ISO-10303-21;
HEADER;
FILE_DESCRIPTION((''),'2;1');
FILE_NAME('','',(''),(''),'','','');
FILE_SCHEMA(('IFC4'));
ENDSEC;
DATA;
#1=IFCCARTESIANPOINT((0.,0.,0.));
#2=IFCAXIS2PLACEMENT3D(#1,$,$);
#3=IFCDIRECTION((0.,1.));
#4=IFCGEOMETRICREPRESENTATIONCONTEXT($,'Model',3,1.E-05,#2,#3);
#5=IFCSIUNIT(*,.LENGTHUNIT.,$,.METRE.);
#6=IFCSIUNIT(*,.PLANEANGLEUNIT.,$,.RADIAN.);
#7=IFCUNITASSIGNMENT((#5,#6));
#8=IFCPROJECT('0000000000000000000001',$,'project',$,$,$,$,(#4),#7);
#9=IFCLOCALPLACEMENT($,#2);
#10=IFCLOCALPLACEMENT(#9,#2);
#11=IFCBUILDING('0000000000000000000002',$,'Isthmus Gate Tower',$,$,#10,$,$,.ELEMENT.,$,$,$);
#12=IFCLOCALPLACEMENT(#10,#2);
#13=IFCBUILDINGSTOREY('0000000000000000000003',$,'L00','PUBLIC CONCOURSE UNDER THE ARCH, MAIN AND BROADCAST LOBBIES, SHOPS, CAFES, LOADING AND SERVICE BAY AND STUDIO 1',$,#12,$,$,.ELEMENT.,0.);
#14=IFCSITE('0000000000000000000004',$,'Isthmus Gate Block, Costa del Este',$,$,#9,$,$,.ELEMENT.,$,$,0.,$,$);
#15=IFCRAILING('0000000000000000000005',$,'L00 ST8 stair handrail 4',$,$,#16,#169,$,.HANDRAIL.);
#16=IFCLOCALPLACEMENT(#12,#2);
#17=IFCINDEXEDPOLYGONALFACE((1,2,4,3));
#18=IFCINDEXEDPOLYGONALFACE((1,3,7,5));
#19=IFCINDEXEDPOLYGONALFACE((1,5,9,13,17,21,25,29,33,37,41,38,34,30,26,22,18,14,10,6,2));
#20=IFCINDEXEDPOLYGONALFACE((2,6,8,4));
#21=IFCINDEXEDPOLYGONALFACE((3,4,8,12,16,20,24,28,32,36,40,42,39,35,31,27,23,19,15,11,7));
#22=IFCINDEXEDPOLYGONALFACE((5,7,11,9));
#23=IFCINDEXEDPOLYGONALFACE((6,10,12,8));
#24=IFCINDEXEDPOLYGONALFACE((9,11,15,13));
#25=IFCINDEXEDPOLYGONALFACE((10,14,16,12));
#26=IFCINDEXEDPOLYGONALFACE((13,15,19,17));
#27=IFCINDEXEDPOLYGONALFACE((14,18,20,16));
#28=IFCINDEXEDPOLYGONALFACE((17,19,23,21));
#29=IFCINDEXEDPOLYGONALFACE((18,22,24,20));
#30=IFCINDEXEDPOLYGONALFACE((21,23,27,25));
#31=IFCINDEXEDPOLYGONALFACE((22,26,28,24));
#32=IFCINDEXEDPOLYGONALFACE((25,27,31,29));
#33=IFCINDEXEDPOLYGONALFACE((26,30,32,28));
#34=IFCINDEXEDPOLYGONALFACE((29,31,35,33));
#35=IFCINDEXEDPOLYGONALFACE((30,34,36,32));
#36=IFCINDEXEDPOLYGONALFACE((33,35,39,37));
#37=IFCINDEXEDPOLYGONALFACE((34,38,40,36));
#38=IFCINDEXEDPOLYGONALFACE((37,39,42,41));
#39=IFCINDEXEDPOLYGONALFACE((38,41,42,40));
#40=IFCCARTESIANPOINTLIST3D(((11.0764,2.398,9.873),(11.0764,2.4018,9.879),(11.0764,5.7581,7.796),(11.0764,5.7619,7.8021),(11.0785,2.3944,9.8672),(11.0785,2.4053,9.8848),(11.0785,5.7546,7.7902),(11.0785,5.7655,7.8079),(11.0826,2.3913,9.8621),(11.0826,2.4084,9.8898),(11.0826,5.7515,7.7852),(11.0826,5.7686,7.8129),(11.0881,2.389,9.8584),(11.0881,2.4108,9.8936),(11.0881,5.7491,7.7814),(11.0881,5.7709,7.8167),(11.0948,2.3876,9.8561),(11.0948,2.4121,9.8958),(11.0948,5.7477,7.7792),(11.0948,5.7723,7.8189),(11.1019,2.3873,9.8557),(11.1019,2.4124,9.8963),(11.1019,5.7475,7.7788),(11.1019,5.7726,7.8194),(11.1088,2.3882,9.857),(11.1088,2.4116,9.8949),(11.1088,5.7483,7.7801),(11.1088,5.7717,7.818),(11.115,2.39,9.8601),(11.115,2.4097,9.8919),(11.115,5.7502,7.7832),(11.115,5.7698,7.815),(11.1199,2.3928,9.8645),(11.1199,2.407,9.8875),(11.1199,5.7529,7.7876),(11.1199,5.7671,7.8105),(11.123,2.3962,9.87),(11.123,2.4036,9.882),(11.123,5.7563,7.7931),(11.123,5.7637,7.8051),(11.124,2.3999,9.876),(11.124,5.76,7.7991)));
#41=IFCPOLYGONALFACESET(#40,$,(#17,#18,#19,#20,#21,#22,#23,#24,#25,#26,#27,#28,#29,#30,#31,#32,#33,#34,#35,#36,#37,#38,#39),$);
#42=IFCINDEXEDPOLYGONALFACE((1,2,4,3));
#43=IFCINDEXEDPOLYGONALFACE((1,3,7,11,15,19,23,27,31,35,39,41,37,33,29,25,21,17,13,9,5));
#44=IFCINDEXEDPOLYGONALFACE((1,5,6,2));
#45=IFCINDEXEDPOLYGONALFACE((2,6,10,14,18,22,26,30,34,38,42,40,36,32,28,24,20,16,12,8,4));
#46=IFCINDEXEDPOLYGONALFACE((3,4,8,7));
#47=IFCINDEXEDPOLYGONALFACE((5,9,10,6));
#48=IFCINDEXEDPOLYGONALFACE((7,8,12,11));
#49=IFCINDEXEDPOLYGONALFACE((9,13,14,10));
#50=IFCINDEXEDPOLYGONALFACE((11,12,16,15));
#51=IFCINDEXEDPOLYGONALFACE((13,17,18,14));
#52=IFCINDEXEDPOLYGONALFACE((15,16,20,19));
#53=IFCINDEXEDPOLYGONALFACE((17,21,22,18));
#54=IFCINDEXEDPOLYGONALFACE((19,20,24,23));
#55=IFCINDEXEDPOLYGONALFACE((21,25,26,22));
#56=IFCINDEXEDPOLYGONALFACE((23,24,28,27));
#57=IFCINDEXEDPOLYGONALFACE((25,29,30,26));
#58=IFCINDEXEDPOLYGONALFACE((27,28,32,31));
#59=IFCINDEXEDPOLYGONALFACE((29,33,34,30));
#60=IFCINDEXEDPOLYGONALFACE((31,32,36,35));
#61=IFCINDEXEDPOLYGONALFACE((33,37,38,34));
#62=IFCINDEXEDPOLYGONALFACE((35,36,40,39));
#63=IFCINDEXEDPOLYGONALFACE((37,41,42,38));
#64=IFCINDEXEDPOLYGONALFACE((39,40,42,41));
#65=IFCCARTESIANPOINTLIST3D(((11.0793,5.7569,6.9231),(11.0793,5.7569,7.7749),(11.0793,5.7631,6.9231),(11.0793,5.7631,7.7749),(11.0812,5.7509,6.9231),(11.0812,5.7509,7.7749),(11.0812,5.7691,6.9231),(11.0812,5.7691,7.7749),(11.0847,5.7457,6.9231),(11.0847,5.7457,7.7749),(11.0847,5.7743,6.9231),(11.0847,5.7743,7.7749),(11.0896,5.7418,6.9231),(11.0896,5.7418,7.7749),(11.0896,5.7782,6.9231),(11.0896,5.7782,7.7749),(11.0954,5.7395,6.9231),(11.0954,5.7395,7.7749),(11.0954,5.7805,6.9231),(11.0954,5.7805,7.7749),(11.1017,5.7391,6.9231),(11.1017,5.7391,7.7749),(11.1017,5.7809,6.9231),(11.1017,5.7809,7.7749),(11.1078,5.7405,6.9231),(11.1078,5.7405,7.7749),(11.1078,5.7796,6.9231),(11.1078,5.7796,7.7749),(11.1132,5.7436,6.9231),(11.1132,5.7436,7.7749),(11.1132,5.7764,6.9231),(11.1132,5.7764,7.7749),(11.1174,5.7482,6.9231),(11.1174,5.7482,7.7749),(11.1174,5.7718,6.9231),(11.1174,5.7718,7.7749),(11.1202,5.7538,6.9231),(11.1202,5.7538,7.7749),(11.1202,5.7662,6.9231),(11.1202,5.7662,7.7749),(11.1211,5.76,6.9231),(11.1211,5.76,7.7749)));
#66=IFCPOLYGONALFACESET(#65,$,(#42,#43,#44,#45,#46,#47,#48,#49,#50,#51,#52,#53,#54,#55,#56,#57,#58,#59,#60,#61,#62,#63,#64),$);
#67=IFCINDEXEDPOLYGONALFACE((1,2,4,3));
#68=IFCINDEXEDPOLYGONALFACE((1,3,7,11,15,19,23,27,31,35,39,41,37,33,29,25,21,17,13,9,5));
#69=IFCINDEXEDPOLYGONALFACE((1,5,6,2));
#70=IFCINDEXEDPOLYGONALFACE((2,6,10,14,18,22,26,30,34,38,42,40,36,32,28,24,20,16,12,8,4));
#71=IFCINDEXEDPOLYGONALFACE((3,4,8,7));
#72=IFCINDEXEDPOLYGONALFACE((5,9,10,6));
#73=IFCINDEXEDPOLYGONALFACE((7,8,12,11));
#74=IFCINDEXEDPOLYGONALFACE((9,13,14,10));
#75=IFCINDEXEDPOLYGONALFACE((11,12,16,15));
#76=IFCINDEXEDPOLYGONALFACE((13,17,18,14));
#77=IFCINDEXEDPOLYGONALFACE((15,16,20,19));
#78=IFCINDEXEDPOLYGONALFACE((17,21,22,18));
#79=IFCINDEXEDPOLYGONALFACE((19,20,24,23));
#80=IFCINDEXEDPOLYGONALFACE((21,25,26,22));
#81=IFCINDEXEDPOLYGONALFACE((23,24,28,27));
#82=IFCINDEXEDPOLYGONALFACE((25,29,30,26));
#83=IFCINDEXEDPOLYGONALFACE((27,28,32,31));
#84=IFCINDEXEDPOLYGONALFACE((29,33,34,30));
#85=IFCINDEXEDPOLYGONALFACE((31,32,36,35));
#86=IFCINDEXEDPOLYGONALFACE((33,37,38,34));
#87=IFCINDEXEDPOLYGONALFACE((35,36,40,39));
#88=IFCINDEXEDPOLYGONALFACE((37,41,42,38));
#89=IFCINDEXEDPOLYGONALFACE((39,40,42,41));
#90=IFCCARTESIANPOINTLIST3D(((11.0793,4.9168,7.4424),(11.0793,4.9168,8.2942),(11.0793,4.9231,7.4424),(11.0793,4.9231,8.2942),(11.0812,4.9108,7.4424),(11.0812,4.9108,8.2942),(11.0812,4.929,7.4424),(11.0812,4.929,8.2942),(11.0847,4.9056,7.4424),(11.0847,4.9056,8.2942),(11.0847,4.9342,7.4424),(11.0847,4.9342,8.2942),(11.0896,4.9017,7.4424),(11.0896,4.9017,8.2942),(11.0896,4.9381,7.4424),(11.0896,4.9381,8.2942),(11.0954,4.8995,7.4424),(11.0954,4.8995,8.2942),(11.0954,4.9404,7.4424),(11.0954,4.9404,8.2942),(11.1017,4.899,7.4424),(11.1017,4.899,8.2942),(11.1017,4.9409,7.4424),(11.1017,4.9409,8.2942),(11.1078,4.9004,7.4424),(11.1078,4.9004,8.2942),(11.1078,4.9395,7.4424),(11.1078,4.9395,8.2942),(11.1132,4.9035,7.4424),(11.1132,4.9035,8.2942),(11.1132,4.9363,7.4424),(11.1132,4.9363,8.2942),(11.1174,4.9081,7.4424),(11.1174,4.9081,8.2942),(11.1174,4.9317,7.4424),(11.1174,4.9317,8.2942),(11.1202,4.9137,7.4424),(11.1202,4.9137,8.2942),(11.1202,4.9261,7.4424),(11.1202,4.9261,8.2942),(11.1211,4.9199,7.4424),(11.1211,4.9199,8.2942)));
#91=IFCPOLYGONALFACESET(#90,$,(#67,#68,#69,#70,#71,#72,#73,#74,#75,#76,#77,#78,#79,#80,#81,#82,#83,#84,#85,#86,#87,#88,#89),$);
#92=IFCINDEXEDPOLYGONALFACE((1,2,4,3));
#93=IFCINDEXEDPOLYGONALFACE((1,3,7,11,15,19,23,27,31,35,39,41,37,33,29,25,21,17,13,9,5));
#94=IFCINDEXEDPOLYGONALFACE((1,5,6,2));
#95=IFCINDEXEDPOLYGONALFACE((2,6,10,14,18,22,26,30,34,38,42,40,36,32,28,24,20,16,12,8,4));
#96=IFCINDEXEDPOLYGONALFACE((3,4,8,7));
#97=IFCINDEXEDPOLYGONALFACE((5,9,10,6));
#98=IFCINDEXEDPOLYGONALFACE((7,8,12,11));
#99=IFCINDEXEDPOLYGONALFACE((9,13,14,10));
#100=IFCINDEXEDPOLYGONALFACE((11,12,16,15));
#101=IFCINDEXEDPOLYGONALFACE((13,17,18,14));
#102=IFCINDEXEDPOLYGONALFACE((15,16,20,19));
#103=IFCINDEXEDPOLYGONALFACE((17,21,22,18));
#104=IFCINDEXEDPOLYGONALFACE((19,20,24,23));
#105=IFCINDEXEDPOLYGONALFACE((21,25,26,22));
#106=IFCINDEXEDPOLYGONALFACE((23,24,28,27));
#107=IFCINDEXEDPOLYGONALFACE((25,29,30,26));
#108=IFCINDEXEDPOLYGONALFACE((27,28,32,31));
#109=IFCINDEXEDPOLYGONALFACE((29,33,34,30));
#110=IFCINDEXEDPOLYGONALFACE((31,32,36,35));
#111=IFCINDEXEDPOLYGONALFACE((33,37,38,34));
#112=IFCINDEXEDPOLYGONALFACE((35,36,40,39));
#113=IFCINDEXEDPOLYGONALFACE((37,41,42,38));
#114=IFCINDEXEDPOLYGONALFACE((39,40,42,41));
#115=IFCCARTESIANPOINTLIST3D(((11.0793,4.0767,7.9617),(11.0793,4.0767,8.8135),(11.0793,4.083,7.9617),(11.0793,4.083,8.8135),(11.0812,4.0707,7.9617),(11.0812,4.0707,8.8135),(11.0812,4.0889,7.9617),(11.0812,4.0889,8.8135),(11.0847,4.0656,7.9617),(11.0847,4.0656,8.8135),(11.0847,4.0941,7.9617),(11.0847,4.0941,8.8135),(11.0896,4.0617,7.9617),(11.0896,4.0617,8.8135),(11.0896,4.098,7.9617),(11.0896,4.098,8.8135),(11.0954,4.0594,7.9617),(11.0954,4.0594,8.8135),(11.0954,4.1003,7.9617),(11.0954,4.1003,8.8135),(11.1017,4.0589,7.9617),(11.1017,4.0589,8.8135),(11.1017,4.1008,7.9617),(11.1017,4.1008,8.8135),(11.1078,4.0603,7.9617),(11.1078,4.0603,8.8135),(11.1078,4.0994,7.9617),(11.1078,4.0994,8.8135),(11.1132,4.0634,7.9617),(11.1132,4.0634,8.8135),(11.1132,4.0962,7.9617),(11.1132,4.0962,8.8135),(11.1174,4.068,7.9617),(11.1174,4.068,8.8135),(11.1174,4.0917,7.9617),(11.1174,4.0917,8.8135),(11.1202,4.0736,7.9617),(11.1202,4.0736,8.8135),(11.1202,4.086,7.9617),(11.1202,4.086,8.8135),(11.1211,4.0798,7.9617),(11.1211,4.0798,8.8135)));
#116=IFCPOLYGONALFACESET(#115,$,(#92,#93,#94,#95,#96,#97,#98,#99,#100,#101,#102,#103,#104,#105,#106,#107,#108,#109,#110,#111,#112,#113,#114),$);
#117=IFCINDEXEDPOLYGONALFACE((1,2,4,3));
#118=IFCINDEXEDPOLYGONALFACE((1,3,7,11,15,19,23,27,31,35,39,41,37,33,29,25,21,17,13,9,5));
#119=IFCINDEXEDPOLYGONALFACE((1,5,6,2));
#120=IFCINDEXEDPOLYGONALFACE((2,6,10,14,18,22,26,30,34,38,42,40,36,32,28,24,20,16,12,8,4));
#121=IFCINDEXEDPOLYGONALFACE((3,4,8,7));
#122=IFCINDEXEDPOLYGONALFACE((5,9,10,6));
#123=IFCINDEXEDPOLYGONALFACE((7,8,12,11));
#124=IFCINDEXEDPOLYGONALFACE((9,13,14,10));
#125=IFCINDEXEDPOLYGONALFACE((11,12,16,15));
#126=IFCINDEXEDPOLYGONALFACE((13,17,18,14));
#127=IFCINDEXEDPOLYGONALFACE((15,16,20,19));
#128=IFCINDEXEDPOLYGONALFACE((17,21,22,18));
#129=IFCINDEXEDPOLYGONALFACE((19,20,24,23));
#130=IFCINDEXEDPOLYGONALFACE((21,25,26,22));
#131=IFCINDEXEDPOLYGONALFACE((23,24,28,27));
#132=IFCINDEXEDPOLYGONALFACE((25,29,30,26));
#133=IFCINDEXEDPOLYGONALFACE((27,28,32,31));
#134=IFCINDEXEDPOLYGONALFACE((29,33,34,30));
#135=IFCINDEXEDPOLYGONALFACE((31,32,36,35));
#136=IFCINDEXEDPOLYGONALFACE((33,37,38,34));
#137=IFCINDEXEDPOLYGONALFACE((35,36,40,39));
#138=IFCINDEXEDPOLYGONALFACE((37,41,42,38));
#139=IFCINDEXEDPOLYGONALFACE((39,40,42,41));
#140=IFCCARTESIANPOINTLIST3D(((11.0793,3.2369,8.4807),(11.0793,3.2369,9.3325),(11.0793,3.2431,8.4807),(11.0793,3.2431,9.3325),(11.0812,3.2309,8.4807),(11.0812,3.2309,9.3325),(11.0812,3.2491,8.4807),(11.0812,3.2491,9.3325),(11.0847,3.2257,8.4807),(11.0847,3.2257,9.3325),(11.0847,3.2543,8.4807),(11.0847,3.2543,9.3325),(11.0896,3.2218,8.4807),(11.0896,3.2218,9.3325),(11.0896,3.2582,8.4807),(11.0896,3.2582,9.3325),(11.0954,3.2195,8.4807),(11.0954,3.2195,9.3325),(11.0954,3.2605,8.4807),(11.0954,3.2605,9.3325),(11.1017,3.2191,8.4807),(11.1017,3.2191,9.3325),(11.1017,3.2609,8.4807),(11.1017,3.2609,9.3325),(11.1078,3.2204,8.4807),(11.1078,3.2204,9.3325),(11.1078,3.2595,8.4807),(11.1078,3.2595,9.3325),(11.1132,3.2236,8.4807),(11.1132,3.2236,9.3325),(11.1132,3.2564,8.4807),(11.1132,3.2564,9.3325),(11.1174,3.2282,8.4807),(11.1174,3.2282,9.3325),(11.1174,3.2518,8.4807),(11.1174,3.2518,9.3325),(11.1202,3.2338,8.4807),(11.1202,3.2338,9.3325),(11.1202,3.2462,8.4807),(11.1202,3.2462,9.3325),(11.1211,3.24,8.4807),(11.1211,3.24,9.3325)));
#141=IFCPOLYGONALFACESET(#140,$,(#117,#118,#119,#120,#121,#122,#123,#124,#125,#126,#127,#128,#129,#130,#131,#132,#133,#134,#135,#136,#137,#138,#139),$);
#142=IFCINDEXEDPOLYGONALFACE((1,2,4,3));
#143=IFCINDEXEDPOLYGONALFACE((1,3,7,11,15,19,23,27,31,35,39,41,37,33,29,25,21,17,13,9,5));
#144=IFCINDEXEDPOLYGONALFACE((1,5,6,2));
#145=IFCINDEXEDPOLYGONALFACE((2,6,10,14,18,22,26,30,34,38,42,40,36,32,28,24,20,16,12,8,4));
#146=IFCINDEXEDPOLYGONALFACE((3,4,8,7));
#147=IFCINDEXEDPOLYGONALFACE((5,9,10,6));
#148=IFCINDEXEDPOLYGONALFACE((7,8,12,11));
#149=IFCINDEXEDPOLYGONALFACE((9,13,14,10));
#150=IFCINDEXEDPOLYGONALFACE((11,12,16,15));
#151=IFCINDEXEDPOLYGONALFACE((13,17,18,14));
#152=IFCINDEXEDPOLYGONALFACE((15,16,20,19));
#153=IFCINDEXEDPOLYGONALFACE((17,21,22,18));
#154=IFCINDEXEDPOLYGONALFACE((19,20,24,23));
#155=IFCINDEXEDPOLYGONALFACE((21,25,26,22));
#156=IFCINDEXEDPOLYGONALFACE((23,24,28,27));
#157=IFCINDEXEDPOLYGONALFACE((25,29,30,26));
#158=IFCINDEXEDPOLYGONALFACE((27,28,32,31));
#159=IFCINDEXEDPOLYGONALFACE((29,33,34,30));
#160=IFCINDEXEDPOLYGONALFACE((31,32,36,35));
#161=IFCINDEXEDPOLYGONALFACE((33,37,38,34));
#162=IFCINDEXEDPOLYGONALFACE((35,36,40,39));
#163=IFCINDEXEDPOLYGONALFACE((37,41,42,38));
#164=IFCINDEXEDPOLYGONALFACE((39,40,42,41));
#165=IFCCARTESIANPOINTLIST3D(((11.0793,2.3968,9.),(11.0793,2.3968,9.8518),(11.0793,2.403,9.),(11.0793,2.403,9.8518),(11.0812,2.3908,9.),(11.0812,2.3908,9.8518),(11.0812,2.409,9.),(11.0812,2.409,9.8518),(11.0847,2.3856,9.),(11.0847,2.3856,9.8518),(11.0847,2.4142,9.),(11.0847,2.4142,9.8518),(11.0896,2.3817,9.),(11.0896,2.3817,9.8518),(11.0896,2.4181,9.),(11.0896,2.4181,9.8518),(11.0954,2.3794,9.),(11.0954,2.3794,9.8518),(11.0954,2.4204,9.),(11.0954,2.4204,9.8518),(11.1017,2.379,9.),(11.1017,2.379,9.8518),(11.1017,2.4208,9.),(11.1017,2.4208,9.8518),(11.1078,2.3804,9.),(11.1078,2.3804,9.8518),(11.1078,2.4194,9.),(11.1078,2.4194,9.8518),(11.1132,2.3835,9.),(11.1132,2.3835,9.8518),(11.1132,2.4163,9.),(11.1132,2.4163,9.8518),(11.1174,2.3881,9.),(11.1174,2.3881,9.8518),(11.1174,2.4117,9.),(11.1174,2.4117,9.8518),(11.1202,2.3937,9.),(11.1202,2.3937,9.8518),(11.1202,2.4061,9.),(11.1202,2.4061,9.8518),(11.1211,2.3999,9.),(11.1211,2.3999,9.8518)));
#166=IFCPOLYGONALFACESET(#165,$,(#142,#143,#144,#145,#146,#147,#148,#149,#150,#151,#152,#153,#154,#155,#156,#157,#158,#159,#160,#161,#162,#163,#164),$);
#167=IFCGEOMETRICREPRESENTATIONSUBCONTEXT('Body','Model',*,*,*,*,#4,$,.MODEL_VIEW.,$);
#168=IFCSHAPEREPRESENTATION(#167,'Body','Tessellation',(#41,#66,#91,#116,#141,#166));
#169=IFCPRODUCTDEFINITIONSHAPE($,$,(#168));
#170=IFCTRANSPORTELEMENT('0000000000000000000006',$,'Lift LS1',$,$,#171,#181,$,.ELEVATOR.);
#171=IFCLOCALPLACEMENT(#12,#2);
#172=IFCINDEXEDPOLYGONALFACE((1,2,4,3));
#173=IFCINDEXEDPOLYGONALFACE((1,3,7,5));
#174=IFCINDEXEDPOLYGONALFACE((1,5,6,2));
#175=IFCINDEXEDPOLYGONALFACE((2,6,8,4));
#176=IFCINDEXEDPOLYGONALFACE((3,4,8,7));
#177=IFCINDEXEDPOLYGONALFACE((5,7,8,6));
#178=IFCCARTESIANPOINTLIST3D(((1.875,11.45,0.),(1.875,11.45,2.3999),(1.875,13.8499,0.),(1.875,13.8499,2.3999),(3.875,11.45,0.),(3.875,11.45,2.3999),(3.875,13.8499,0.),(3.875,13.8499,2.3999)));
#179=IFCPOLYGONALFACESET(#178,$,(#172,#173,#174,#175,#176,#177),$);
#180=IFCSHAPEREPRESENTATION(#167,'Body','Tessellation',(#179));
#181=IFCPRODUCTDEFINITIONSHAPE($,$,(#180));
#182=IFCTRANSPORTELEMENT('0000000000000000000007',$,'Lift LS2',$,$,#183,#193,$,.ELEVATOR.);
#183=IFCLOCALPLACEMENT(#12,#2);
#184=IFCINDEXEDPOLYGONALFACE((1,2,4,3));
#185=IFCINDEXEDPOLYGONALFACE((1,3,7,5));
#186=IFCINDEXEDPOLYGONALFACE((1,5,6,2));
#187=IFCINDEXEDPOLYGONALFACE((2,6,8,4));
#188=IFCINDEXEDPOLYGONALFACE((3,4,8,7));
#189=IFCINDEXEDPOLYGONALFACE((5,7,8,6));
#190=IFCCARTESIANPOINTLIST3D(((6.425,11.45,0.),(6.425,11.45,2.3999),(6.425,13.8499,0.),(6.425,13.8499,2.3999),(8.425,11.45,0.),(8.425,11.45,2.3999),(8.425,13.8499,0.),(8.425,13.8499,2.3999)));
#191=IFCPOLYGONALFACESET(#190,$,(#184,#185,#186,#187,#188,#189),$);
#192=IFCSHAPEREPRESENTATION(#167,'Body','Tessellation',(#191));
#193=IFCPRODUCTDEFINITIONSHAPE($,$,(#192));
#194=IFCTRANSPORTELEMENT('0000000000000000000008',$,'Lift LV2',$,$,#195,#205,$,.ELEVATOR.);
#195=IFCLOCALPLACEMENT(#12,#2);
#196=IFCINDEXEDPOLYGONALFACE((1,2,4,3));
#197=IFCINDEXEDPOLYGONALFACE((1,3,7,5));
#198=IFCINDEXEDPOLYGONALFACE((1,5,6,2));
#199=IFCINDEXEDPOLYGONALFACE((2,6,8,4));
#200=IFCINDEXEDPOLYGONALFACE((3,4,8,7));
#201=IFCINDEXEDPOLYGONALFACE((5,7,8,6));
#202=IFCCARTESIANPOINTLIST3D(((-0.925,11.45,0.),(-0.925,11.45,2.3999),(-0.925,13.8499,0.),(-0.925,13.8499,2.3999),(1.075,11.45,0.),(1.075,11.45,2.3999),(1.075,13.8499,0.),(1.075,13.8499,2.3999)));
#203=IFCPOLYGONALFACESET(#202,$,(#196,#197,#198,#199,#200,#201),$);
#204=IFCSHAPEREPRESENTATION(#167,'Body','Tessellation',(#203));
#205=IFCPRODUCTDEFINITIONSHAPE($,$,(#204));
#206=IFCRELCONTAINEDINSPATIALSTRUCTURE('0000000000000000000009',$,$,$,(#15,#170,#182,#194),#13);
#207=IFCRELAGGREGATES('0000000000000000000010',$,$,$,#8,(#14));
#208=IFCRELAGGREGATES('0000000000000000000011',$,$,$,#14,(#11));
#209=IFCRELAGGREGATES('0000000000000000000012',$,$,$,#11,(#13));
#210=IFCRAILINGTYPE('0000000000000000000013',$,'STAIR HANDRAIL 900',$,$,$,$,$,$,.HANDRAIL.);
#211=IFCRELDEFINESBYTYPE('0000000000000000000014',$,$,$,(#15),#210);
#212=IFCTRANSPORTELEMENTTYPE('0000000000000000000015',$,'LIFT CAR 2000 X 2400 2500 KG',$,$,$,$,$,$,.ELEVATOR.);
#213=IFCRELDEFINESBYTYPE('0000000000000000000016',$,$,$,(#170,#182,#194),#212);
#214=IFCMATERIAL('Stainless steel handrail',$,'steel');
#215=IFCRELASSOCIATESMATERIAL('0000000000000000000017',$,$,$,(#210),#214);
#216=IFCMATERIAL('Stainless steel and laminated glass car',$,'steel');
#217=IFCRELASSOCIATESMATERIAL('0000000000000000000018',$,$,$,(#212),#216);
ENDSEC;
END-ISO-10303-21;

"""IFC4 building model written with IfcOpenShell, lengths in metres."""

from ifc_helpers import new_model, si_unit, direction, frame, origin, origin_2d, place, context, subcontext, project, spatial, rectangle, circle, extrude, material, type_object, element, save


model = new_model("IFC4")

# Units and contexts
model_context = context("Model", 3, precision=1e-05, world=origin(), true_north=direction((0.0, 1.0)))
body_context = subcontext(model_context, "Body", "Model", "MODEL_VIEW")
ifc_project = project(units=[si_unit("LENGTHUNIT", "METRE"), si_unit("PLANEANGLEUNIT", "RADIAN")], contexts=[model_context])

# Site, building, storey
site_placement = place(None, origin())
site = spatial("IfcSite", under=ifc_project, at=site_placement, Name="Isthmus Gate Block, Costa del Este", CompositionType="ELEMENT", RefElevation=0.0)
building_placement = place(site_placement, origin())
building = spatial("IfcBuilding", under=site, at=building_placement, Name="Isthmus Gate Tower", CompositionType="ELEMENT")
storey_placement = place(building_placement, origin())
storey = spatial("IfcBuildingStorey", under=building, at=storey_placement, Name="L00", Description="PUBLIC CONCOURSE UNDER THE ARCH, MAIN AND BROADCAST LOBBIES, SHOPS, CAFES, LOADING AND SERVICE BAY AND STUDIO 1", CompositionType="ELEMENT", Elevation=0.0)

# Railing
ifc_material_1 = material(Name="Stainless steel handrail", Category="steel")
railing_type_1 = type_object("IfcRailingType", Name="STAIR HANDRAIL 900", PredefinedType="HANDRAIL", material=ifc_material_1)
for number, where, name in (
    (1, (11.1001, 5.76, 6.9231), "L00 ST8 stair handrail 4"),
):
    element("IfcRailing", number, at=place(storey_placement, frame(where)), inside=storey, type_object=railing_type_1, Name=name, PredefinedType="HANDRAIL", context=body_context, shape_type="SweptSolid", body=[
        extrude(circle(Radius=0.0239, at=origin_2d()), frame((0.0, 0.0, 0.876), z_axis=(0.0, -0.850623, 0.525776), x_axis=(1.0, 0.0, 0.0)), (0.0, 0.0, 1.0), 3.9502),
        extrude(circle(Radius=0.021, at=origin_2d()), origin(), (0.0, 0.0, 1.0), 0.8518),
        extrude(circle(Radius=0.021, at=origin_2d()), frame((0.0, -0.8401, 0.5193)), (0.0, 0.0, 1.0), 0.8518),
        extrude(circle(Radius=0.021, at=origin_2d()), frame((0.0, -1.6802, 1.0386)), (0.0, 0.0, 1.0), 0.8518),
        extrude(circle(Radius=0.021, at=origin_2d()), frame((0.0, -2.52, 1.5576)), (0.0, 0.0, 1.0), 0.8518),
        extrude(circle(Radius=0.021, at=origin_2d()), frame((0.0, -3.3601, 2.0769)), (0.0, 0.0, 1.0), 0.8518),
    ])

# Transport elements
ifc_material_2 = material(Name="Stainless steel and laminated glass car", Category="steel")
transport_element_type_1 = type_object("IfcTransportElementType", Name="LIFT CAR 2000 X 2400 2500 KG", PredefinedType="ELEVATOR", material=ifc_material_2)
for number, where, z_axis, x_axis, name in (
    (2, (2.875, 12.6499, 0.0), (0.0, 0.0, 1.0), (1.0, 0.0, 0.0), "Lift LS1"),
    (3, (7.425, 12.6499, 0.0), (0.0, 0.0, 1.0), (1.0, 0.0, 0.0), "Lift LS2"),
    (4, (0.075, 12.6499, 0.0), (0.0, 0.0, 1.0), (1.0, 0.0, 0.0), "Lift LV2"),
):
    element("IfcTransportElement", number, at=place(storey_placement, frame(where, z_axis=z_axis, x_axis=x_axis)), inside=storey, type_object=transport_element_type_1, Name=name, PredefinedType="ELEVATOR", context=body_context, shape_type="SweptSolid", body=[
        extrude(rectangle(XDim=2.0, YDim=2.3999, at=origin_2d()), origin(), (0.0, 0.0, 1.0), 2.3999),
    ])

save(model, "model.ifc")
